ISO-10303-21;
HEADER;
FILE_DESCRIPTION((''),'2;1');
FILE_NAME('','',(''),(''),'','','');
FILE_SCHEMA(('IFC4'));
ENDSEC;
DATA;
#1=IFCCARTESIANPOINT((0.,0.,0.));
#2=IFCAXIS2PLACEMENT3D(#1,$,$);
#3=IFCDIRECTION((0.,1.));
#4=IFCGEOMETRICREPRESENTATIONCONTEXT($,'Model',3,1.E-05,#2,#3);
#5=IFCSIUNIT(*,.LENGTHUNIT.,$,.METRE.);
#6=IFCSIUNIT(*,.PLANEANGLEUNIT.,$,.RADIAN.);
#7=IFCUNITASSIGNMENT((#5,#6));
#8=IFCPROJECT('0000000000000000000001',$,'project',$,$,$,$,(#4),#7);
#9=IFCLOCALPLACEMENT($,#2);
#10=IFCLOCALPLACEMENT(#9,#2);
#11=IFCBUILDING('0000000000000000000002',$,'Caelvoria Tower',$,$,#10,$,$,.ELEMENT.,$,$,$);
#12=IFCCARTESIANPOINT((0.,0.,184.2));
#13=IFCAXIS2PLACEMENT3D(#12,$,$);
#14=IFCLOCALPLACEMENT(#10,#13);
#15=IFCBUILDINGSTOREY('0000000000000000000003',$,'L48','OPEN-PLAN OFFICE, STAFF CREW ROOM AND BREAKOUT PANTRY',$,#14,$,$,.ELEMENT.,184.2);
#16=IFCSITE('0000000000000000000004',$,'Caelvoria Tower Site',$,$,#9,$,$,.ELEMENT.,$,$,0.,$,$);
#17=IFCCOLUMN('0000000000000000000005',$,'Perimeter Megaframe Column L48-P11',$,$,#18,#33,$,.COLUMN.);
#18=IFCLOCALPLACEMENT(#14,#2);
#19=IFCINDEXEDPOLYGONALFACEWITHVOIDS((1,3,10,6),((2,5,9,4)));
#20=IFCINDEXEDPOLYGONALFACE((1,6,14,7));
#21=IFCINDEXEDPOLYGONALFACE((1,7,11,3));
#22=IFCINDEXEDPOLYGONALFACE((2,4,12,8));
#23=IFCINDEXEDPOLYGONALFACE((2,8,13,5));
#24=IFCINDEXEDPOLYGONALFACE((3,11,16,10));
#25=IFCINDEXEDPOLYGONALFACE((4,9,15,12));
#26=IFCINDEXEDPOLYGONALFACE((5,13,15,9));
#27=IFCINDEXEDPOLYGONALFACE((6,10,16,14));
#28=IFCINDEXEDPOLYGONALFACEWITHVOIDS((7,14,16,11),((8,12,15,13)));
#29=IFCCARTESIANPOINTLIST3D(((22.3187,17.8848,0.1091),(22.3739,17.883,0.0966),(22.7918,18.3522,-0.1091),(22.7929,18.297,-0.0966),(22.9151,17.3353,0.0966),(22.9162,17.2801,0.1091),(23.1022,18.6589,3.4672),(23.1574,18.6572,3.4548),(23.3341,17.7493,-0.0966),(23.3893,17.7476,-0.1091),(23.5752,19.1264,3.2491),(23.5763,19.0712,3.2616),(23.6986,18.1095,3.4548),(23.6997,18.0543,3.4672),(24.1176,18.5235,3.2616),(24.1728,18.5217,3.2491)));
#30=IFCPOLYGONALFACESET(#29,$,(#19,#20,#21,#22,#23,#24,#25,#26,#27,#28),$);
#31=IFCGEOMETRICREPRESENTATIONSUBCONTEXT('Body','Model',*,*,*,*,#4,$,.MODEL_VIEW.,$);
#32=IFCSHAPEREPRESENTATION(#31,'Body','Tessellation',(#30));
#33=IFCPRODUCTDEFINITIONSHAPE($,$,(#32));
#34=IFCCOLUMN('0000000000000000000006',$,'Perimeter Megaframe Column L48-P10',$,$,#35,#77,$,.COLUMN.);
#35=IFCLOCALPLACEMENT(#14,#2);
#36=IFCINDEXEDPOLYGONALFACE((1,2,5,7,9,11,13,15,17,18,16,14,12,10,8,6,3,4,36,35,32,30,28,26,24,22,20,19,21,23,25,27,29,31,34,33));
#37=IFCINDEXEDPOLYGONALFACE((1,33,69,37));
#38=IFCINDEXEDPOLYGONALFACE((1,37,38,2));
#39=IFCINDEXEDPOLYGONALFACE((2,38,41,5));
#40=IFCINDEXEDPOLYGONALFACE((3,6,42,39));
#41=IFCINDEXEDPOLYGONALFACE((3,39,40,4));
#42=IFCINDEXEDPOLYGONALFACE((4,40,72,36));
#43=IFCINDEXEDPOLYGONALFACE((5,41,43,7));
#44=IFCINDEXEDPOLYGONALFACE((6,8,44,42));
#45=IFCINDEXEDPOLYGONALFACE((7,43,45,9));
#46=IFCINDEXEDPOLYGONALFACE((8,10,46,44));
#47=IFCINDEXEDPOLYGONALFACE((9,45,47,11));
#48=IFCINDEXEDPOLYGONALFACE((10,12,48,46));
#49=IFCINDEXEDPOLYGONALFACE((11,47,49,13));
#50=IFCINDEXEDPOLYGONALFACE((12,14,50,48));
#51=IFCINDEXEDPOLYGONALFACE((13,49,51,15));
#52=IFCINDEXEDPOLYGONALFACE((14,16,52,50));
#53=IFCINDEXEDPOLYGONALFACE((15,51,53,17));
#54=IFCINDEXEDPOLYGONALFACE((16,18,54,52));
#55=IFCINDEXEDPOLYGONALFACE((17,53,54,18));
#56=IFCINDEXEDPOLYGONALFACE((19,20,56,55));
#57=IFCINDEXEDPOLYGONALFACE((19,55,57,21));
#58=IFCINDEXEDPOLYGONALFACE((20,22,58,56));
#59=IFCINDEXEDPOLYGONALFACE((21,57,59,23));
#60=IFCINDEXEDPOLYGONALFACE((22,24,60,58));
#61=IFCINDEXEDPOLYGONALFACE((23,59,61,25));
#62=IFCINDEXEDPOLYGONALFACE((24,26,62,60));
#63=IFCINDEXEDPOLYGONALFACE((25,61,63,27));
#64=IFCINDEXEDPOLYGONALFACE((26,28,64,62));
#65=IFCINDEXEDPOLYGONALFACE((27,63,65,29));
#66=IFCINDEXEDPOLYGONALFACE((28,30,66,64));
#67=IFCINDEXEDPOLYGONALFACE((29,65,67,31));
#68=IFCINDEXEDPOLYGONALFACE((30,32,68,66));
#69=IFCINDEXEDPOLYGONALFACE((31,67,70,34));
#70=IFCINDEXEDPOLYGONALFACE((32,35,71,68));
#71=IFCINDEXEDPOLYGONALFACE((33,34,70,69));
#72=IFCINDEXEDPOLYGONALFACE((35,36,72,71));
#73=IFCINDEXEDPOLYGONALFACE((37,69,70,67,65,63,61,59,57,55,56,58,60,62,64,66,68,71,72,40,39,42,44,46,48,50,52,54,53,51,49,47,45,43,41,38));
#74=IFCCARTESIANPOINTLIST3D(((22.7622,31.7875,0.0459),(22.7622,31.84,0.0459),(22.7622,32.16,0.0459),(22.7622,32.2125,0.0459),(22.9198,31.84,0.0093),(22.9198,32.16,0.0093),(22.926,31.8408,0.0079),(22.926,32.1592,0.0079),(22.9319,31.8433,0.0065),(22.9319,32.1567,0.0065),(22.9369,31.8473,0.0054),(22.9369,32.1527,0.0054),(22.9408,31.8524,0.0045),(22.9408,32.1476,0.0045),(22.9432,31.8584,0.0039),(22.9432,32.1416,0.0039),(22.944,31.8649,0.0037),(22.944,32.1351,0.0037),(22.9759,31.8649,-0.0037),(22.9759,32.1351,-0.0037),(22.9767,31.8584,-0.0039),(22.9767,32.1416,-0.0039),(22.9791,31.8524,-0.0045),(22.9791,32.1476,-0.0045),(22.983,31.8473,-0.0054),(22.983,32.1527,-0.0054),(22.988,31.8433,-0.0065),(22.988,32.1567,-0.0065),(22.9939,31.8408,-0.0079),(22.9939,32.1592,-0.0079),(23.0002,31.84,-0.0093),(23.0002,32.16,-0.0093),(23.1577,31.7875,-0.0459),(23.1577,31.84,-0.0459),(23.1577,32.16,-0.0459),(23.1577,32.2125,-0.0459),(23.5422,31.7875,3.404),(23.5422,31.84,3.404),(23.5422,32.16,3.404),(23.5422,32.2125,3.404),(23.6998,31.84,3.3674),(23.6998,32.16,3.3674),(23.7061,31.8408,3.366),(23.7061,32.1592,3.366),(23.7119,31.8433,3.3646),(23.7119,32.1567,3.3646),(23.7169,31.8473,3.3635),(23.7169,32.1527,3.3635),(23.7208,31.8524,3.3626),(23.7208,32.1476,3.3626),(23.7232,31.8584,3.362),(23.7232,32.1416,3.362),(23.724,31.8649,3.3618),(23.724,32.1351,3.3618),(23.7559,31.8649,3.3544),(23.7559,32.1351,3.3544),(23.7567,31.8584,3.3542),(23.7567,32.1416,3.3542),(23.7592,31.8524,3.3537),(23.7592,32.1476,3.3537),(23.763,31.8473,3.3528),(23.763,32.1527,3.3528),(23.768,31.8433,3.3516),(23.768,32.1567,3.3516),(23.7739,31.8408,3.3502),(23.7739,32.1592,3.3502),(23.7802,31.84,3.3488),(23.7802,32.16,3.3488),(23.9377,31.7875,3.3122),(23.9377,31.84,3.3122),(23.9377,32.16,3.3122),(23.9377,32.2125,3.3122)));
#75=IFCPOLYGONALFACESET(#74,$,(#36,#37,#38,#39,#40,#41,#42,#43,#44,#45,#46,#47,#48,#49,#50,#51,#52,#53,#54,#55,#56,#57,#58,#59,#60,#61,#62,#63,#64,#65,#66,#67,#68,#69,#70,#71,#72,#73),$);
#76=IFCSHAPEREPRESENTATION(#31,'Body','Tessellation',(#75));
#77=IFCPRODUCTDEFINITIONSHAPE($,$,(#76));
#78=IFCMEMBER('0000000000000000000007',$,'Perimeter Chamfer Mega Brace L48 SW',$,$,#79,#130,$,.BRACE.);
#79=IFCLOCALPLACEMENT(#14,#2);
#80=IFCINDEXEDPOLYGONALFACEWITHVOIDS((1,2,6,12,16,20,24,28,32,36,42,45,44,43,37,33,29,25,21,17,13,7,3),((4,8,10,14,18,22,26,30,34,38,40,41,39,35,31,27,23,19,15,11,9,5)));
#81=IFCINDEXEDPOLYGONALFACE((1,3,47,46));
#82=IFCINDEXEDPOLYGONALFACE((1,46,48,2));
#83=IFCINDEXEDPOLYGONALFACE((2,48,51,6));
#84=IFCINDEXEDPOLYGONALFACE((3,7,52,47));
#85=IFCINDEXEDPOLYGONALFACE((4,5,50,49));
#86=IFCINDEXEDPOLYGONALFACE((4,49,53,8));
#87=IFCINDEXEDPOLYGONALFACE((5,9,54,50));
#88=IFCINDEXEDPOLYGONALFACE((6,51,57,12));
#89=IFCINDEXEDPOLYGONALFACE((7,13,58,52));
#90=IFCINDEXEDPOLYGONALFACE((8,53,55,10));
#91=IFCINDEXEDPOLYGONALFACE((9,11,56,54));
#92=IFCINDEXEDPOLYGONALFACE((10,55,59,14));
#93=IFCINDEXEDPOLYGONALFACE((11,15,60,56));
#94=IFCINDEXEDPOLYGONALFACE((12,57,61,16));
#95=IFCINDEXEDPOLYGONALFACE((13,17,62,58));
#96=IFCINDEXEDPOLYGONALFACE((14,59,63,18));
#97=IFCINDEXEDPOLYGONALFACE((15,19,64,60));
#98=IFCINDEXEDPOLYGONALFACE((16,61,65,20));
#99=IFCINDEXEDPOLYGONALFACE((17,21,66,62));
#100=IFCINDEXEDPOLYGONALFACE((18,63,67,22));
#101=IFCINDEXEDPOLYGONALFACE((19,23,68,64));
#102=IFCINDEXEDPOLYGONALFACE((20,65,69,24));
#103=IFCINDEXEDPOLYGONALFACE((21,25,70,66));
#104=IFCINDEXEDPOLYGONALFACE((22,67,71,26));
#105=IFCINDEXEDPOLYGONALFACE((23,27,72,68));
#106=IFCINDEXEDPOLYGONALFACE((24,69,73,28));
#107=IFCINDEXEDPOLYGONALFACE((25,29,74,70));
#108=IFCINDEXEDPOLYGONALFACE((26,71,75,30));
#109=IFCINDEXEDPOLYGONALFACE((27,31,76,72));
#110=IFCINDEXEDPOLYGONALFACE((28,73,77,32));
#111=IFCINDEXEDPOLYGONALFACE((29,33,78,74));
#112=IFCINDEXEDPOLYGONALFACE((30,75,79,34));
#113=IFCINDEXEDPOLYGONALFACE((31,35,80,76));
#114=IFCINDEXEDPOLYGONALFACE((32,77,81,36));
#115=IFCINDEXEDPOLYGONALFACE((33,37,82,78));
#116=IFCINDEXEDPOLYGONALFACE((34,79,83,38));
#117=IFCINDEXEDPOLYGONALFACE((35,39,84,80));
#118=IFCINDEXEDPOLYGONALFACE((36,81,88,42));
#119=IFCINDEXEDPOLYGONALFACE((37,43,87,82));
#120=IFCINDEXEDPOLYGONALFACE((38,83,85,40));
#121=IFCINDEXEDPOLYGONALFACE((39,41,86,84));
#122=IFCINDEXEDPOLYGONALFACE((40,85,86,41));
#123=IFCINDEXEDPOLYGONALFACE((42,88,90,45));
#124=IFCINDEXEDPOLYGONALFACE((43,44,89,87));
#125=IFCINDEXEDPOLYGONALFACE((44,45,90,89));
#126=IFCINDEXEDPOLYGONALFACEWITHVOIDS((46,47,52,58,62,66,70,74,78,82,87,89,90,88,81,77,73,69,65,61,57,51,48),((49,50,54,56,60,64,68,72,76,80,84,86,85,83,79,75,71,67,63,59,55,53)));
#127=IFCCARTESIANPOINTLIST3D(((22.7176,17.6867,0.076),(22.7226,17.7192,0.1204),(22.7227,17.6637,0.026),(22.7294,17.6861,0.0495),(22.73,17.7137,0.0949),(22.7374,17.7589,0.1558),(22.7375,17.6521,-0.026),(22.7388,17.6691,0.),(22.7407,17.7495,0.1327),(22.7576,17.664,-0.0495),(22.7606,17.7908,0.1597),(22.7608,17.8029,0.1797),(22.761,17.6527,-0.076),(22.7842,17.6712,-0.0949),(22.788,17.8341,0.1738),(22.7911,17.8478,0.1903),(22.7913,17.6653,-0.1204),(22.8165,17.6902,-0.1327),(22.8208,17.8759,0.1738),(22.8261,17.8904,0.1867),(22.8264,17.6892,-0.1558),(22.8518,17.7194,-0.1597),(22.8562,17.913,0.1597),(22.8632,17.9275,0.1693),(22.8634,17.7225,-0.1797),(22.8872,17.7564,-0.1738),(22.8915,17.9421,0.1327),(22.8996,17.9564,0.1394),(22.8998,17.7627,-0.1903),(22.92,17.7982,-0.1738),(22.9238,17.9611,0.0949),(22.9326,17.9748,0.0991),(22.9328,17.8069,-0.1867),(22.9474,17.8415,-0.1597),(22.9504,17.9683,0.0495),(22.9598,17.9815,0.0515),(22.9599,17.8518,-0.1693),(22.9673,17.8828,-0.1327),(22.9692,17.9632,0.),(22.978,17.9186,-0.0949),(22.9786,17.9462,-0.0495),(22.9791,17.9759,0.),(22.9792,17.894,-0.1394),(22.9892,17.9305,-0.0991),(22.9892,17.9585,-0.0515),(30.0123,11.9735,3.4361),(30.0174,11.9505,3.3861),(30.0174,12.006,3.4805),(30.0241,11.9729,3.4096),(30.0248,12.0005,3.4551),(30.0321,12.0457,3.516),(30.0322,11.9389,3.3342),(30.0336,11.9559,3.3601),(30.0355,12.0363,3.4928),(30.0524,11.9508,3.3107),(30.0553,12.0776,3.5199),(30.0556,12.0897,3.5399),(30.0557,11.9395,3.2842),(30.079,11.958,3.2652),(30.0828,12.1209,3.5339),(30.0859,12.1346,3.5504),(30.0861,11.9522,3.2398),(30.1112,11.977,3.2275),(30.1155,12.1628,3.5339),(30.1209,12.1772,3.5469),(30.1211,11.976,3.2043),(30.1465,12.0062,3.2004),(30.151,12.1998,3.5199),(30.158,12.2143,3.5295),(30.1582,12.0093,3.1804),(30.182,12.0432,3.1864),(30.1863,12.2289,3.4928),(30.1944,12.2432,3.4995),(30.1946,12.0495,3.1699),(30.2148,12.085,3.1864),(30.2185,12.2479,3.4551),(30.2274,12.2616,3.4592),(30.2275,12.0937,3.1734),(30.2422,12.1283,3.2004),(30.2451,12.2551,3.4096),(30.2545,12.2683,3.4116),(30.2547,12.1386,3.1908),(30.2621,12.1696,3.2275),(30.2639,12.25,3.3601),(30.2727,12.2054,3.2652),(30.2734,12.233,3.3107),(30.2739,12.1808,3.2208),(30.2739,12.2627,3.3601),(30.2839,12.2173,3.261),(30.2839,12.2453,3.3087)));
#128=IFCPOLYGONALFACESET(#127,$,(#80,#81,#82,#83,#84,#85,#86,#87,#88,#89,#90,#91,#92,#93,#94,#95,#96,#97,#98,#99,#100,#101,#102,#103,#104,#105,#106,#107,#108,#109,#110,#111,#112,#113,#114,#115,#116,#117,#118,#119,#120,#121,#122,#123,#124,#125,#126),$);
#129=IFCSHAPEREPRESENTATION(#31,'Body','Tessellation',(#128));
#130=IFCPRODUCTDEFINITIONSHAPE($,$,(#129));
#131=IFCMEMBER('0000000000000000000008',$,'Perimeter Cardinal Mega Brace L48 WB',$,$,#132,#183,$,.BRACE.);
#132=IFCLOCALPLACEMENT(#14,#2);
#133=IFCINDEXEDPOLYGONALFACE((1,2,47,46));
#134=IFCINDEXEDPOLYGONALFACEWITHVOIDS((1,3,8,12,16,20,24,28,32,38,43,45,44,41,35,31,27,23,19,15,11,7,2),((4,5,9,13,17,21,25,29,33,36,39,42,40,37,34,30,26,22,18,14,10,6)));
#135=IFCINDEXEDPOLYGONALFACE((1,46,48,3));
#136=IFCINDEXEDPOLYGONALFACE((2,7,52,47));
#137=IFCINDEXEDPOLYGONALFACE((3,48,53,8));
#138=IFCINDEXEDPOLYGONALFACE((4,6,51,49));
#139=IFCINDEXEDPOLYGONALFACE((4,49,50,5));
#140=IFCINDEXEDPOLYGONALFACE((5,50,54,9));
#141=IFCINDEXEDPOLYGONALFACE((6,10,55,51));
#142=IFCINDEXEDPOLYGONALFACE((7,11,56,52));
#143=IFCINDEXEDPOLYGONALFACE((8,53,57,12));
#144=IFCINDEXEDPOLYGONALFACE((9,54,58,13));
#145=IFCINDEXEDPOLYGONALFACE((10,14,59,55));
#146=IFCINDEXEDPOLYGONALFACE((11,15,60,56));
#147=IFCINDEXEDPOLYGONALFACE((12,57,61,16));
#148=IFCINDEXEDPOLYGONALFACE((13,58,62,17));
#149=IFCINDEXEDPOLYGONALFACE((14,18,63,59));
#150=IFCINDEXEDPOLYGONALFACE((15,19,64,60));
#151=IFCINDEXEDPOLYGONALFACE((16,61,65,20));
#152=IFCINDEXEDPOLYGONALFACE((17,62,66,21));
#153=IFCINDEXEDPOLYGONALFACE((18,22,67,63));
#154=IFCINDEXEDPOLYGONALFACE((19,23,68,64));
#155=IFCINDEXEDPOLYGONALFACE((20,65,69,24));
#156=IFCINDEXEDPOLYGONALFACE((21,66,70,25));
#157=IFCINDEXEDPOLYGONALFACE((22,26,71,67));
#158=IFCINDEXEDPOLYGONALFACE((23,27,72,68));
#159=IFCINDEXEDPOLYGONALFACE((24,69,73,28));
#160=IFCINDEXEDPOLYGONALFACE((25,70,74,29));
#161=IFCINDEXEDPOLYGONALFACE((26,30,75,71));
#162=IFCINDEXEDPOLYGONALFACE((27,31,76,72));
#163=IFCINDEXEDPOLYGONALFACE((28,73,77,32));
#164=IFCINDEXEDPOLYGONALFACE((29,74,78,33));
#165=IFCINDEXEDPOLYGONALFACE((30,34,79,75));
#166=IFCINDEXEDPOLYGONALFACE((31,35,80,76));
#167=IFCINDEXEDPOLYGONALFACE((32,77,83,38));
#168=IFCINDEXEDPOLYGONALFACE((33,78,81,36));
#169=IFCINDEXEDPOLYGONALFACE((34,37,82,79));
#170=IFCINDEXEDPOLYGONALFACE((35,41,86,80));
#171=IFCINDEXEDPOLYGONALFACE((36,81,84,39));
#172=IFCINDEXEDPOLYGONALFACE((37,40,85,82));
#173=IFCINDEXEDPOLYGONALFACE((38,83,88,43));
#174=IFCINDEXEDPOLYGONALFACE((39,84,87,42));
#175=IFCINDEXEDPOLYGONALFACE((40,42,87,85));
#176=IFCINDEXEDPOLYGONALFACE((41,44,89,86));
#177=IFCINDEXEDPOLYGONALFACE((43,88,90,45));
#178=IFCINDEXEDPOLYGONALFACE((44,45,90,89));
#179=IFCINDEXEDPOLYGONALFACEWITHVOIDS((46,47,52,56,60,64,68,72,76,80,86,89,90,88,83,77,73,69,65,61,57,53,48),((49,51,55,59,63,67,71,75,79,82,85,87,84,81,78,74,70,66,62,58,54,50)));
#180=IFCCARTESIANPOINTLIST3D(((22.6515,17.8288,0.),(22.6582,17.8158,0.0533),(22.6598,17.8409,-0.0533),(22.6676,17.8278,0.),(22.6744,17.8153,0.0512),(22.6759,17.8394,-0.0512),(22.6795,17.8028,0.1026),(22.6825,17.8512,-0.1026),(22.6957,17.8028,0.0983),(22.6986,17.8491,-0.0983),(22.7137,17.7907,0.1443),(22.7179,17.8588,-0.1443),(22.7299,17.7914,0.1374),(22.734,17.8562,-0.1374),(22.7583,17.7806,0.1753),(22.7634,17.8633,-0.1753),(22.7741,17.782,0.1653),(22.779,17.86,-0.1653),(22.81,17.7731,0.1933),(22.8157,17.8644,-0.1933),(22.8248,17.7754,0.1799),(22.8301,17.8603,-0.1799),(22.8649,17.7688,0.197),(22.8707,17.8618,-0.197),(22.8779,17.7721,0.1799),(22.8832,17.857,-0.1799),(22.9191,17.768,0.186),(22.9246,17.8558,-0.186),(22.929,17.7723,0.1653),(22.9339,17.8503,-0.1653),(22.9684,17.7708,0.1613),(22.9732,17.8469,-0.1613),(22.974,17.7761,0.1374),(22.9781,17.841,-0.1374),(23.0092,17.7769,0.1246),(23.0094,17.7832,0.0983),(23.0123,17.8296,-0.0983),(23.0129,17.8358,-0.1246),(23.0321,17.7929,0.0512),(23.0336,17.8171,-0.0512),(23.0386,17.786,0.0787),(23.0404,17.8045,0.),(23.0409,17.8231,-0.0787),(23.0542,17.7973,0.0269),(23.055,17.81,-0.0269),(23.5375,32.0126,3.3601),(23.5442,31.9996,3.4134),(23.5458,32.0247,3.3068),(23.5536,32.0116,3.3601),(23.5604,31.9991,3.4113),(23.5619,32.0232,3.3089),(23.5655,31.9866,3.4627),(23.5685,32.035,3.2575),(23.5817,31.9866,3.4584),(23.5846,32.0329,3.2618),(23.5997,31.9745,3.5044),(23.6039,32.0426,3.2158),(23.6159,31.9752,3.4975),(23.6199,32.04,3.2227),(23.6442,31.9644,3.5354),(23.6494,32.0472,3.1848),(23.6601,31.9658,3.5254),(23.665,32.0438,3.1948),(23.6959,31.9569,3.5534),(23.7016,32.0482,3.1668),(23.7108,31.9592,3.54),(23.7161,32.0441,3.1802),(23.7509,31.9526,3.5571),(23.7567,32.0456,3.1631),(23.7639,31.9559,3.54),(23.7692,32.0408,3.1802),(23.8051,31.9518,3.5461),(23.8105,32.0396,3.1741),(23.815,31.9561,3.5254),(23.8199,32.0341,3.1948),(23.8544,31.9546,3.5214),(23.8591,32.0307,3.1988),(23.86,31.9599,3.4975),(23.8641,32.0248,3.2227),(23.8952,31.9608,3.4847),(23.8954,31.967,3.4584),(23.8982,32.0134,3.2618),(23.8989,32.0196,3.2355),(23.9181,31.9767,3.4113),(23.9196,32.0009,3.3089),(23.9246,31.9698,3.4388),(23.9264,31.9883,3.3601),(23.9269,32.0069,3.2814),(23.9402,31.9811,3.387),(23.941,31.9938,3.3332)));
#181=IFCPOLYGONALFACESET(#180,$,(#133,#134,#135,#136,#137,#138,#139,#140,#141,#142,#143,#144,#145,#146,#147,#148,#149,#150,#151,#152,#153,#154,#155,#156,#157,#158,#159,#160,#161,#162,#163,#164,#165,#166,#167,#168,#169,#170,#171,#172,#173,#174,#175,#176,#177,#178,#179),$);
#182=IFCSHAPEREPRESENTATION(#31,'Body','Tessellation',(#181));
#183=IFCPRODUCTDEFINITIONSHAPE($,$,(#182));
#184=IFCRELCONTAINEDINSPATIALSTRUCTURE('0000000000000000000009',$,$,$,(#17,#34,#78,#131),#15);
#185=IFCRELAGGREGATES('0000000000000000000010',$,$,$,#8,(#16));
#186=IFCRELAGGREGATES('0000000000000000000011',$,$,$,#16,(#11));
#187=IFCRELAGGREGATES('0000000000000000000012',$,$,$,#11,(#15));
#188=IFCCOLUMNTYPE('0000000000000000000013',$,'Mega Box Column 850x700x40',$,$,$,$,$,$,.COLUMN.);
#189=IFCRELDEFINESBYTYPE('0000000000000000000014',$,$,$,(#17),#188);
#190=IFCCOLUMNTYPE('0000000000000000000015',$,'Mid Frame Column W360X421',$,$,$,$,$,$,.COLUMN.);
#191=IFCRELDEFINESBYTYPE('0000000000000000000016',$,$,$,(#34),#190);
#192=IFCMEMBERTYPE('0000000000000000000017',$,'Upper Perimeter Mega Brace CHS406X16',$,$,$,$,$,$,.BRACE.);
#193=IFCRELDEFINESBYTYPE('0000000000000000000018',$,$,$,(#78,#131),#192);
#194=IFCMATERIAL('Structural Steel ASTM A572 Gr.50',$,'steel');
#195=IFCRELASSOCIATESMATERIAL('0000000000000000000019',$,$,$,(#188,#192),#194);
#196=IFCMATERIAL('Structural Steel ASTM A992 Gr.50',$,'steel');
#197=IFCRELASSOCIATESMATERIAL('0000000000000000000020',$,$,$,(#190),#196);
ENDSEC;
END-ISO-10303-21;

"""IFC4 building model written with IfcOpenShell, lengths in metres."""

from ifc_helpers import new_model, si_unit, direction, frame, origin, origin_2d, place, context, subcontext, project, spatial, hollow_rectangle, hollow_circle, i_section, extrude, material, material_profile, profile_set, type_object, element, save


model = new_model("IFC4")

# Units and contexts
model_context = context("Model", 3, precision=1e-05, world=origin(), true_north=direction((0.0, 1.0)))
body_context = subcontext(model_context, "Body", "Model", "MODEL_VIEW")
ifc_project = project(units=[si_unit("LENGTHUNIT", "METRE"), si_unit("PLANEANGLEUNIT", "RADIAN")], contexts=[model_context])

# Site, building, storey
site_placement = place(None, origin())
site = spatial("IfcSite", under=ifc_project, at=site_placement, Name="Caelvoria Tower Site", CompositionType="ELEMENT", RefElevation=0.0)
building_placement = place(site_placement, origin())
building = spatial("IfcBuilding", under=site, at=building_placement, Name="Caelvoria Tower", CompositionType="ELEMENT")
storey_placement = place(building_placement, frame((0.0, 0.0, 184.2)))
storey = spatial("IfcBuildingStorey", under=building, at=storey_placement, Name="L48", Description="OPEN-PLAN OFFICE, STAFF CREW ROOM AND BREAKOUT PANTRY", CompositionType="ELEMENT", Elevation=184.2)

# Columns
ifc_material_1 = material(Name="Structural Steel ASTM A572 Gr.50", Category="steel")
ifc_material_profile_1 = material_profile(ifc_material_1, hollow_rectangle(XDim=0.7, YDim=0.8501, WallThickness=0.04, at=origin_2d()), Name="Structural Steel ASTM A572 Gr.50")
ifc_profile_set_1 = profile_set([ifc_material_profile_1], Name="BOX850X700X40 - Structural Steel ASTM A572 Gr.50")
column_type_1 = type_object("IfcColumnType", Name="Mega Box Column 850x700x40", PredefinedType="COLUMN", material=ifc_profile_set_1)
column_1_placement = place(storey_placement, frame((22.854, 17.8162, 0.0), z_axis=(0.221678, 0.219053, 0.950197), x_axis=(-0.675881, -0.667877, 0.31165)))
element("IfcColumn", 1, at=column_1_placement, inside=storey, type_object=column_type_1, Name="Perimeter Megaframe Column L48-P11", PredefinedType="COLUMN", context=body_context, shape_type="SweptSolid", body=[
    extrude(hollow_rectangle(XDim=0.7, YDim=0.8501, WallThickness=0.04, at=origin_2d()), origin(), (0.0, 0.0, 1.0), 3.5342),
])
ifc_material_2 = material(Name="Structural Steel ASTM A992 Gr.50", Category="steel")
ifc_material_profile_2 = material_profile(ifc_material_2, i_section(OverallWidth=0.406, OverallDepth=0.425, WebThickness=0.0327, FlangeThickness=0.0525, FilletRadius=0.0249, at=origin_2d()), Name="Structural Steel ASTM A992 Gr.50")
ifc_profile_set_2 = profile_set([ifc_material_profile_2], Name="W360X421 - Structural Steel ASTM A992 Gr.50")
column_type_2 = type_object("IfcColumnType", Name="Mid Frame Column W360X421", PredefinedType="COLUMN", material=ifc_profile_set_2)
column_2_placement = place(storey_placement, frame((22.96, 32.0, 0.0), z_axis=(0.226256, 0.0, 0.974068), x_axis=(-0.974068, 0.0, 0.226256)))
element("IfcColumn", 2, at=column_2_placement, inside=storey, type_object=column_type_2, Name="Perimeter Megaframe Column L48-P10", PredefinedType="COLUMN", context=body_context, shape_type="SweptSolid", body=[
    extrude(i_section(OverallWidth=0.406, OverallDepth=0.425, WebThickness=0.0327, FlangeThickness=0.0525, FilletRadius=0.0249, at=origin_2d()), origin(), (0.0, 0.0, 1.0), 3.4475),
])

# Members
ifc_material_profile_3 = material_profile(ifc_material_1, hollow_circle(Radius=0.2029, WallThickness=0.0161, at=origin_2d()), Name="Structural Steel ASTM A572 Gr.50")
ifc_profile_set_3 = profile_set([ifc_material_profile_3], Name="CHS406X16 - Structural Steel ASTM A572 Gr.50")
member_type = type_object("IfcMemberType", Name="Upper Perimeter Mega Brace CHS406X16", PredefinedType="BRACE", material=ifc_profile_set_3)
member_1_placement = place(storey_placement, frame((22.854, 17.8162, 0.0), z_axis=(0.740119, -0.579655, 0.340917), x_axis=(0.616593, 0.787282, 0.0)))
element("IfcMember", 3, at=member_1_placement, inside=storey, type_object=member_type, Name="Perimeter Chamfer Mega Brace L48 SW", PredefinedType="BRACE", context=body_context, shape_type="SweptSolid", body=[
    extrude(hollow_circle(Radius=0.2029, WallThickness=0.0161, at=origin_2d()), origin(), (0.0, 0.0, 1.0), 9.8562),
])
member_2_placement = place(storey_placement, frame((22.854, 17.8162, 0.0), z_axis=(0.06067, 0.971276, 0.230092), x_axis=(-0.998055, 0.062343, 0.0)))
element("IfcMember", 4, at=member_2_placement, inside=storey, type_object=member_type, Name="Perimeter Cardinal Mega Brace L48 WB", PredefinedType="BRACE", context=body_context, shape_type="SweptSolid", body=[
    extrude(hollow_circle(Radius=0.2029, WallThickness=0.0161, at=origin_2d()), origin(), (0.0, 0.0, 1.0), 14.6033),
])

save(model, "model.ifc")
